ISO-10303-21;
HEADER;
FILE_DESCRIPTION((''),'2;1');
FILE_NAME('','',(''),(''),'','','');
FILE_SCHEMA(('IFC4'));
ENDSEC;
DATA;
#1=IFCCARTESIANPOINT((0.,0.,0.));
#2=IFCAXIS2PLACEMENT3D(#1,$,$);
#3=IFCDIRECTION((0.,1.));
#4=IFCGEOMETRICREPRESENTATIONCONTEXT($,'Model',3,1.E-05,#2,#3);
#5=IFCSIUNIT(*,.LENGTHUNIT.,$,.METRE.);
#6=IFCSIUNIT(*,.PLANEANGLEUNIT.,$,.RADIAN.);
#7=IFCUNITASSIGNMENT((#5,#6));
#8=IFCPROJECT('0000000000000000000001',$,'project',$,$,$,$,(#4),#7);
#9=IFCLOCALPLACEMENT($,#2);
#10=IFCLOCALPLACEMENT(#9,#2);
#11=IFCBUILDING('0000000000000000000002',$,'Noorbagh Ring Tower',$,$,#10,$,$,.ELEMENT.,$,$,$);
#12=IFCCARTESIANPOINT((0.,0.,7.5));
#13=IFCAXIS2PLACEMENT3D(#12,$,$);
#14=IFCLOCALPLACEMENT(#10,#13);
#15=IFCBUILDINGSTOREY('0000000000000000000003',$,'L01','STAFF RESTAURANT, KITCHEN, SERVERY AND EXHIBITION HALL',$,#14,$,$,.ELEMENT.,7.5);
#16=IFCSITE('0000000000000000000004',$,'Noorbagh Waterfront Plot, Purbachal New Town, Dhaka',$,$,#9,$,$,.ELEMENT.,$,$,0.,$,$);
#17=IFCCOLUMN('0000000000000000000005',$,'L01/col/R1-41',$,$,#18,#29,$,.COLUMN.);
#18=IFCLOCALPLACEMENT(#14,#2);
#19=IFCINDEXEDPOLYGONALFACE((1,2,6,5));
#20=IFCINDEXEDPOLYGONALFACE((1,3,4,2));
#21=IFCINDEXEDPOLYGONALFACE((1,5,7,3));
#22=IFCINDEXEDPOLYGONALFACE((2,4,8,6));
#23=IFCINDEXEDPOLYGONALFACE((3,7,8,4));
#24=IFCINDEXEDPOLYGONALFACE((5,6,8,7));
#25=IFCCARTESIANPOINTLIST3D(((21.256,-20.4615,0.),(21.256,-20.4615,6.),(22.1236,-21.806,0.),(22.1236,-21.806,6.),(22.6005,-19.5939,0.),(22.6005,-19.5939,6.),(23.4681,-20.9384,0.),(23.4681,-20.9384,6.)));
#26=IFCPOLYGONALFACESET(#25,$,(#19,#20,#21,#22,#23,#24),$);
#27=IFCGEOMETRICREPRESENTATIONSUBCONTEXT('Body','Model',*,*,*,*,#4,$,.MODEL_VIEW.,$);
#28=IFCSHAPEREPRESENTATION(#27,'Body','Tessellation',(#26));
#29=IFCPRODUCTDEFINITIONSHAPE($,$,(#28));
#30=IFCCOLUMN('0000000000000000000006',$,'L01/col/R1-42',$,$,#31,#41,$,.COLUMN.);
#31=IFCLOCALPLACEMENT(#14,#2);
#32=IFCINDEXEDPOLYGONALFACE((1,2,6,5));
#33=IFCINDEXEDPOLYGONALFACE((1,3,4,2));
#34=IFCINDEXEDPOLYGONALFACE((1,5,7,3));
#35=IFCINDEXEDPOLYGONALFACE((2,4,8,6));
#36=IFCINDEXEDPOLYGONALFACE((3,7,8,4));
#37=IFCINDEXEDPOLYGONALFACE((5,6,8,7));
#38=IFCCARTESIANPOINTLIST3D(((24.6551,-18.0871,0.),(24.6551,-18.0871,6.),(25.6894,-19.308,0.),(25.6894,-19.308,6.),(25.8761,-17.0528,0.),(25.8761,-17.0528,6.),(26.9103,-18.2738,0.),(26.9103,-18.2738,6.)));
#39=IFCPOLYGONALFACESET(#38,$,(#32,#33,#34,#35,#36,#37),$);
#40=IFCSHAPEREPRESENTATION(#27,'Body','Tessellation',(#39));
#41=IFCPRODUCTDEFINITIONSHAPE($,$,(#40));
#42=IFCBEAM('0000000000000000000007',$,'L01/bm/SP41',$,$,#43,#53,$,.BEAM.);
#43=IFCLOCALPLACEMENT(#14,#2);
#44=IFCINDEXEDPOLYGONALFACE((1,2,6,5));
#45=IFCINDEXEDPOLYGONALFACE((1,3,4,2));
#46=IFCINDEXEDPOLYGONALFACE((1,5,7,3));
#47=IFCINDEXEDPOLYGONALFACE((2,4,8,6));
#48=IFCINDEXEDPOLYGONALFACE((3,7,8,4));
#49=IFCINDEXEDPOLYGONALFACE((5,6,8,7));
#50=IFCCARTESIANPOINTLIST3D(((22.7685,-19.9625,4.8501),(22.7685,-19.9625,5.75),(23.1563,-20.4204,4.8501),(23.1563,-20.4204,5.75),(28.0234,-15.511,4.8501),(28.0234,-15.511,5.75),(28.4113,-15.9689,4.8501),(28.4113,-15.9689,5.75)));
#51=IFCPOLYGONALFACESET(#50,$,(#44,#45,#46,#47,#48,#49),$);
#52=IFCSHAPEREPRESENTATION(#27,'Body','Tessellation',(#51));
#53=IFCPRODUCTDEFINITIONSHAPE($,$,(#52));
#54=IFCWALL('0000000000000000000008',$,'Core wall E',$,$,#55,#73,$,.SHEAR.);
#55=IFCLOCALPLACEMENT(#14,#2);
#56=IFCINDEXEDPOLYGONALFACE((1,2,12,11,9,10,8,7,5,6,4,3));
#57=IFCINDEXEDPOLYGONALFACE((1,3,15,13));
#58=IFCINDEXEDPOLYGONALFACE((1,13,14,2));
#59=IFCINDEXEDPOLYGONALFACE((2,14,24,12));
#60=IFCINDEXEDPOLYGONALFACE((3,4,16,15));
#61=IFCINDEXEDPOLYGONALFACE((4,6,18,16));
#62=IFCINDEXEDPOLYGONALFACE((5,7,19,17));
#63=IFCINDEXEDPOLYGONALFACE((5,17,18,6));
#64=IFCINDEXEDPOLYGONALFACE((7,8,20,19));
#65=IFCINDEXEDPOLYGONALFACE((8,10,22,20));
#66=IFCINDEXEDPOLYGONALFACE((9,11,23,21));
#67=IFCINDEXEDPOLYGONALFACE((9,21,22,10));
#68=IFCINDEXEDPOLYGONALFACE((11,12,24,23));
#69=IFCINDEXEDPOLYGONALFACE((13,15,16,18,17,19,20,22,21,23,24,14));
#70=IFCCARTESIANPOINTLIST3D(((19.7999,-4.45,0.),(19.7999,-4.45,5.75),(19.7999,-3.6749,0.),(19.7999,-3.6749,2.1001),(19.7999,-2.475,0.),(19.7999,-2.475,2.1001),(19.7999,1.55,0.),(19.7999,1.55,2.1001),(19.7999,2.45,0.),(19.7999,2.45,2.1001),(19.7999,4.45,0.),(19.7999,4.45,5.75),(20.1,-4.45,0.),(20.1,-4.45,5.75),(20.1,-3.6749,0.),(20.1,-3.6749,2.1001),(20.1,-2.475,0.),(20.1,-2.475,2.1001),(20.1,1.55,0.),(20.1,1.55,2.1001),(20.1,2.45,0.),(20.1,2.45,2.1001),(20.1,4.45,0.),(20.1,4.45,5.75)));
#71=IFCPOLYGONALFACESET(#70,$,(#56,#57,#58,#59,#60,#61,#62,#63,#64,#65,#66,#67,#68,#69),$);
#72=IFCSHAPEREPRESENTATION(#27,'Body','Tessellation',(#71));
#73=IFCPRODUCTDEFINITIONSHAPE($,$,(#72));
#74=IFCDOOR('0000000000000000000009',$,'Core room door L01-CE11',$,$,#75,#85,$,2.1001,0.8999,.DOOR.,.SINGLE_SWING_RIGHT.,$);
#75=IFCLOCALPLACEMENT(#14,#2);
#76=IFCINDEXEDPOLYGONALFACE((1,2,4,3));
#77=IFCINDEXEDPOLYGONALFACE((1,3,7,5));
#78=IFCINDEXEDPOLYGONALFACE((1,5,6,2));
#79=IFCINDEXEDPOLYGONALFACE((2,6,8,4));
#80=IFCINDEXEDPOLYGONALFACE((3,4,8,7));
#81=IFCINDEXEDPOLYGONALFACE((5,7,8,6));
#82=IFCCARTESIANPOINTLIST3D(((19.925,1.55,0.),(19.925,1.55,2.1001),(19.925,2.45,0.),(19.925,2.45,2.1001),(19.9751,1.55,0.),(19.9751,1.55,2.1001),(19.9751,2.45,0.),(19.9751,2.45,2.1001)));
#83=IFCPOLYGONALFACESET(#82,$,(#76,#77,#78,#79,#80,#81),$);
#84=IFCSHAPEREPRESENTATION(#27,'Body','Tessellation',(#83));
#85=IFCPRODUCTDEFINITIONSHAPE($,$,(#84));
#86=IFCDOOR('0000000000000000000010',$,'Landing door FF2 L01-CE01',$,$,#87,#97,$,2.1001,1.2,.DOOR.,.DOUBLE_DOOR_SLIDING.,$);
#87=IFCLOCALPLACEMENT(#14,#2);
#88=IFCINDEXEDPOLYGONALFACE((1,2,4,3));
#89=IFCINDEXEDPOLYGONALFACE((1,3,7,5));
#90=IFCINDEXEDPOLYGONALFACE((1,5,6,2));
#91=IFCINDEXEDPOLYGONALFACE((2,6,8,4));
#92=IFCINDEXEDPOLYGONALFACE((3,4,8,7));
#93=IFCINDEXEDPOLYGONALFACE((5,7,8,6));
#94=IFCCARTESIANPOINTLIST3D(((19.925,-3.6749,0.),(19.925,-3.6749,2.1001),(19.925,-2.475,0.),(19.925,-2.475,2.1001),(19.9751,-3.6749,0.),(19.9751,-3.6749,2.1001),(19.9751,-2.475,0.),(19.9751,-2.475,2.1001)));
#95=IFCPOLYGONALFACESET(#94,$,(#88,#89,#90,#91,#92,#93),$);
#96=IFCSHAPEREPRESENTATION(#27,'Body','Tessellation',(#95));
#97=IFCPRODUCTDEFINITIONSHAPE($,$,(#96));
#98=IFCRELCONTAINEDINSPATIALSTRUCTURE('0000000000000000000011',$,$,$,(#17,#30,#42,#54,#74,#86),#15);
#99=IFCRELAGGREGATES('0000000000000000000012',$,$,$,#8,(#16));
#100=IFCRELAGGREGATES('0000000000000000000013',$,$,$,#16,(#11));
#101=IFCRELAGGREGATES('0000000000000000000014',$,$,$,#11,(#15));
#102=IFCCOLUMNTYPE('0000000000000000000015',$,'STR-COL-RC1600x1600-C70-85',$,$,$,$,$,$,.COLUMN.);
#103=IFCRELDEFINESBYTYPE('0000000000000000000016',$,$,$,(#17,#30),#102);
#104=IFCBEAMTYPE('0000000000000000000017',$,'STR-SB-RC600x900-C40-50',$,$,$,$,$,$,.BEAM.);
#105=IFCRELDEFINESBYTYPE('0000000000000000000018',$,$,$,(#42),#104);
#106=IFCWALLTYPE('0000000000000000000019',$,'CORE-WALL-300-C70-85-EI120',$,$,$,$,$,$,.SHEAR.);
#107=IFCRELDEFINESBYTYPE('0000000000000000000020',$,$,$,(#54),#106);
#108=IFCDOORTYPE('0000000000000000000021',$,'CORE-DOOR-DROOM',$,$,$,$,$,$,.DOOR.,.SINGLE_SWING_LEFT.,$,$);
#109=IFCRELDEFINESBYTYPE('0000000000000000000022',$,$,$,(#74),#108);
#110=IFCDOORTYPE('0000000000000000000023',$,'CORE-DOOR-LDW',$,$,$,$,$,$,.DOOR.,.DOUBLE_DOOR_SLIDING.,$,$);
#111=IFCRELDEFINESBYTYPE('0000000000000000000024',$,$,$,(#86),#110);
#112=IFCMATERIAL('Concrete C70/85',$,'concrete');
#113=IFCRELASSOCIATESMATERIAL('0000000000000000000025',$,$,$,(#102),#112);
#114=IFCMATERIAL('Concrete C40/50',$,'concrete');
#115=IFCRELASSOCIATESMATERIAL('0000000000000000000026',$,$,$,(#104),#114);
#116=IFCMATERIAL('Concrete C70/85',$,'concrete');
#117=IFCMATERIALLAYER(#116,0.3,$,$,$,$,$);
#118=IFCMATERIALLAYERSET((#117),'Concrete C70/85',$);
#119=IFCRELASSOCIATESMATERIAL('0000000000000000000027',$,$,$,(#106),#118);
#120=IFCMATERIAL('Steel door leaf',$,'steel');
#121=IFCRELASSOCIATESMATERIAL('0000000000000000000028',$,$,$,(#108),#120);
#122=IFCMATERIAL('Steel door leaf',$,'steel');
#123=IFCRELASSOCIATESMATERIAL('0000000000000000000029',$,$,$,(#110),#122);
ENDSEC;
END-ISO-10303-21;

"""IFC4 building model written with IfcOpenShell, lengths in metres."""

from ifc_helpers import new_model, si_unit, direction, frame, frame_2d, origin, origin_2d, place, context, subcontext, project, spatial, rectangle, extrude, material, layer, layer_set, material_profile, profile_set, type_object, element, fill, save


model = new_model("IFC4")

# Units and contexts
model_context = context("Model", 3, precision=1e-05, world=origin(), true_north=direction((0.0, 1.0)))
body_context = subcontext(model_context, "Body", "Model", "MODEL_VIEW")
ifc_project = project(units=[si_unit("LENGTHUNIT", "METRE"), si_unit("PLANEANGLEUNIT", "RADIAN")], contexts=[model_context])

# Site, building, storey
site_placement = place(None, origin())
site = spatial("IfcSite", under=ifc_project, at=site_placement, Name="Noorbagh Waterfront Plot, Purbachal New Town, Dhaka", CompositionType="ELEMENT", RefElevation=0.0)
building_placement = place(site_placement, origin())
building = spatial("IfcBuilding", under=site, at=building_placement, Name="Noorbagh Ring Tower", CompositionType="ELEMENT")
storey_placement = place(building_placement, frame((0.0, 0.0, 7.5)))
storey = spatial("IfcBuildingStorey", under=building, at=storey_placement, Name="L01", Description="STAFF RESTAURANT, KITCHEN, SERVERY AND EXHIBITION HALL", CompositionType="ELEMENT", Elevation=7.5)

# Columns
ifc_material_1 = material(Name="Concrete C70/85", Category="concrete")
ifc_material_profile_1 = material_profile(ifc_material_1, rectangle(XDim=1.6001, YDim=1.6001, at=origin_2d()), Name="RC1600x1600")
ifc_profile_set_1 = profile_set([ifc_material_profile_1], Name="Concrete C70/85")
column_type = type_object("IfcColumnType", Name="STR-COL-RC1600x1600-C70-85", PredefinedType="COLUMN", material=ifc_profile_set_1)
for number, where, z_axis, x_axis, name in (
    (1, (22.3621, -20.7, 0.0), (0.0, 0.0, 1.0), (0.840248, 0.542203, 0.0), "L01/col/R1-41"),
    (2, (25.7827, -18.1804, 0.0), (0.0, 0.0, 1.0), (0.763035, 0.646357, 0.0), "L01/col/R1-42"),
):
    element("IfcColumn", number, at=place(storey_placement, frame(where, z_axis=z_axis, x_axis=x_axis)), inside=storey, type_object=column_type, Name=name, PredefinedType="COLUMN", context=body_context, shape_type="SweptSolid", body=[
        extrude(rectangle(XDim=1.6001, YDim=1.6001, at=origin_2d()), origin(), (0.0, 0.0, 1.0), 6.0),
    ])

# Beam
ifc_material_2 = material(Name="Concrete C40/50", Category="concrete")
ifc_material_profile_2 = material_profile(ifc_material_2, rectangle(XDim=0.6001, YDim=0.8999, at=origin_2d()), Name="RC600x900")
ifc_profile_set_2 = profile_set([ifc_material_profile_2], Name="Concrete C40/50")
beam_type = type_object("IfcBeamType", Name="STR-SB-RC600x900-C40-50", PredefinedType="BEAM", material=ifc_profile_set_2)
beam_placement = place(storey_placement, frame((22.9624, -20.1914, 5.3), z_axis=(0.76303, 0.646363, 0.0), x_axis=(-0.646363, 0.76303, 0.0)))
element("IfcBeam", 3, at=beam_placement, inside=storey, type_object=beam_type, Name="L01/bm/SP41", PredefinedType="BEAM", context=body_context, shape_type="SweptSolid", body=[
    extrude(rectangle(XDim=0.6001, YDim=0.8999, at=origin_2d()), origin(), (0.0, 0.0, 1.0), 6.887),
])

# Wall, openings, doors
ifc_material_3 = material(Name="Concrete C70/85", Category="concrete")
ifc_layer_1 = layer(ifc_material_3, 0.3)
ifc_layer_set_1 = layer_set([ifc_layer_1], Name="Concrete C70/85")
wall_type_1 = type_object("IfcWallType", Name="CORE-WALL-300-C70-85-EI120", PredefinedType="SHEAR", material=ifc_layer_set_1)
wall_1_placement = place(storey_placement, frame((19.95, -4.45, 0.0), z_axis=(0.0, 0.0, 1.0), x_axis=(0.0, 1.0, 0.0)))
wall_1 = element("IfcWall", 4, at=wall_1_placement, inside=storey, type_object=wall_type_1, Name="Core wall E", PredefinedType="SHEAR", context=body_context, shape_type="SweptSolid", body=[
    extrude(rectangle(XDim=8.8999, YDim=0.3, at=frame_2d((4.45, 0.0))), origin(), (0.0, 0.0, 1.0), 5.75),
])
opening_1_placement = place(wall_1_placement, frame((0.7749, 0.0, 0.0)))
opening_1 = element("IfcOpeningElement", 5, at=opening_1_placement, cuts=wall_1, PredefinedType="OPENING", context=body_context, shape_type="SweptSolid", body=[
    extrude(rectangle(XDim=1.2, YDim=2.1001, at=frame_2d((0.6001, 1.05))), frame((0.0, 0.1602, 0.0), z_axis=(0.0, -1.0, 0.0), x_axis=(1.0, 0.0, 0.0)), (0.0, 0.0, 1.0), 0.3201),
])
opening_2_placement = place(wall_1_placement, frame((6.0, 0.0, 0.0)))
opening_2 = element("IfcOpeningElement", 6, at=opening_2_placement, cuts=wall_1, PredefinedType="OPENING", context=body_context, shape_type="SweptSolid", body=[
    extrude(rectangle(XDim=0.8999, YDim=2.1001, at=frame_2d((0.45, 1.05))), frame((0.0, 0.1602, 0.0), z_axis=(0.0, -1.0, 0.0), x_axis=(1.0, 0.0, 0.0)), (0.0, 0.0, 1.0), 0.3201),
])
ifc_material_4 = material(Name="Steel door leaf", Category="steel")
door_type_1 = type_object("IfcDoorType", Name="CORE-DOOR-DROOM", OperationType="SINGLE_SWING_LEFT", PredefinedType="DOOR", material=ifc_material_4)
door_1_placement = place(opening_2_placement, origin())
door_1 = element("IfcDoor", 7, at=door_1_placement, inside=storey, type_object=door_type_1, Name="Core room door L01-CE11", OperationType="SINGLE_SWING_RIGHT", OverallHeight=2.1001, OverallWidth=0.8999, PredefinedType="DOOR", context=body_context, shape_type="SweptSolid", body=[
    extrude(rectangle(XDim=0.8999, YDim=2.1001, at=frame_2d((0.45, 1.05))), frame((0.0, 0.0249, 0.0), z_axis=(0.0, -1.0, 0.0), x_axis=(1.0, 0.0, 0.0)), (0.0, 0.0, 1.0), 0.05),
])
fill(opening_2, door_1)
ifc_material_5 = material(Name="Steel door leaf", Category="steel")
door_type_2 = type_object("IfcDoorType", Name="CORE-DOOR-LDW", OperationType="DOUBLE_DOOR_SLIDING", PredefinedType="DOOR", material=ifc_material_5)
door_2_placement = place(opening_1_placement, origin())
door_2 = element("IfcDoor", 8, at=door_2_placement, inside=storey, type_object=door_type_2, Name="Landing door FF2 L01-CE01", OperationType="DOUBLE_DOOR_SLIDING", OverallHeight=2.1001, OverallWidth=1.2, PredefinedType="DOOR", context=body_context, shape_type="SweptSolid", body=[
    extrude(rectangle(XDim=1.2, YDim=2.1001, at=frame_2d((0.6001, 1.05))), frame((0.0, 0.0249, 0.0), z_axis=(0.0, -1.0, 0.0), x_axis=(1.0, 0.0, 0.0)), (0.0, 0.0, 1.0), 0.05),
])
fill(opening_1, door_2)

save(model, "model.ifc")
